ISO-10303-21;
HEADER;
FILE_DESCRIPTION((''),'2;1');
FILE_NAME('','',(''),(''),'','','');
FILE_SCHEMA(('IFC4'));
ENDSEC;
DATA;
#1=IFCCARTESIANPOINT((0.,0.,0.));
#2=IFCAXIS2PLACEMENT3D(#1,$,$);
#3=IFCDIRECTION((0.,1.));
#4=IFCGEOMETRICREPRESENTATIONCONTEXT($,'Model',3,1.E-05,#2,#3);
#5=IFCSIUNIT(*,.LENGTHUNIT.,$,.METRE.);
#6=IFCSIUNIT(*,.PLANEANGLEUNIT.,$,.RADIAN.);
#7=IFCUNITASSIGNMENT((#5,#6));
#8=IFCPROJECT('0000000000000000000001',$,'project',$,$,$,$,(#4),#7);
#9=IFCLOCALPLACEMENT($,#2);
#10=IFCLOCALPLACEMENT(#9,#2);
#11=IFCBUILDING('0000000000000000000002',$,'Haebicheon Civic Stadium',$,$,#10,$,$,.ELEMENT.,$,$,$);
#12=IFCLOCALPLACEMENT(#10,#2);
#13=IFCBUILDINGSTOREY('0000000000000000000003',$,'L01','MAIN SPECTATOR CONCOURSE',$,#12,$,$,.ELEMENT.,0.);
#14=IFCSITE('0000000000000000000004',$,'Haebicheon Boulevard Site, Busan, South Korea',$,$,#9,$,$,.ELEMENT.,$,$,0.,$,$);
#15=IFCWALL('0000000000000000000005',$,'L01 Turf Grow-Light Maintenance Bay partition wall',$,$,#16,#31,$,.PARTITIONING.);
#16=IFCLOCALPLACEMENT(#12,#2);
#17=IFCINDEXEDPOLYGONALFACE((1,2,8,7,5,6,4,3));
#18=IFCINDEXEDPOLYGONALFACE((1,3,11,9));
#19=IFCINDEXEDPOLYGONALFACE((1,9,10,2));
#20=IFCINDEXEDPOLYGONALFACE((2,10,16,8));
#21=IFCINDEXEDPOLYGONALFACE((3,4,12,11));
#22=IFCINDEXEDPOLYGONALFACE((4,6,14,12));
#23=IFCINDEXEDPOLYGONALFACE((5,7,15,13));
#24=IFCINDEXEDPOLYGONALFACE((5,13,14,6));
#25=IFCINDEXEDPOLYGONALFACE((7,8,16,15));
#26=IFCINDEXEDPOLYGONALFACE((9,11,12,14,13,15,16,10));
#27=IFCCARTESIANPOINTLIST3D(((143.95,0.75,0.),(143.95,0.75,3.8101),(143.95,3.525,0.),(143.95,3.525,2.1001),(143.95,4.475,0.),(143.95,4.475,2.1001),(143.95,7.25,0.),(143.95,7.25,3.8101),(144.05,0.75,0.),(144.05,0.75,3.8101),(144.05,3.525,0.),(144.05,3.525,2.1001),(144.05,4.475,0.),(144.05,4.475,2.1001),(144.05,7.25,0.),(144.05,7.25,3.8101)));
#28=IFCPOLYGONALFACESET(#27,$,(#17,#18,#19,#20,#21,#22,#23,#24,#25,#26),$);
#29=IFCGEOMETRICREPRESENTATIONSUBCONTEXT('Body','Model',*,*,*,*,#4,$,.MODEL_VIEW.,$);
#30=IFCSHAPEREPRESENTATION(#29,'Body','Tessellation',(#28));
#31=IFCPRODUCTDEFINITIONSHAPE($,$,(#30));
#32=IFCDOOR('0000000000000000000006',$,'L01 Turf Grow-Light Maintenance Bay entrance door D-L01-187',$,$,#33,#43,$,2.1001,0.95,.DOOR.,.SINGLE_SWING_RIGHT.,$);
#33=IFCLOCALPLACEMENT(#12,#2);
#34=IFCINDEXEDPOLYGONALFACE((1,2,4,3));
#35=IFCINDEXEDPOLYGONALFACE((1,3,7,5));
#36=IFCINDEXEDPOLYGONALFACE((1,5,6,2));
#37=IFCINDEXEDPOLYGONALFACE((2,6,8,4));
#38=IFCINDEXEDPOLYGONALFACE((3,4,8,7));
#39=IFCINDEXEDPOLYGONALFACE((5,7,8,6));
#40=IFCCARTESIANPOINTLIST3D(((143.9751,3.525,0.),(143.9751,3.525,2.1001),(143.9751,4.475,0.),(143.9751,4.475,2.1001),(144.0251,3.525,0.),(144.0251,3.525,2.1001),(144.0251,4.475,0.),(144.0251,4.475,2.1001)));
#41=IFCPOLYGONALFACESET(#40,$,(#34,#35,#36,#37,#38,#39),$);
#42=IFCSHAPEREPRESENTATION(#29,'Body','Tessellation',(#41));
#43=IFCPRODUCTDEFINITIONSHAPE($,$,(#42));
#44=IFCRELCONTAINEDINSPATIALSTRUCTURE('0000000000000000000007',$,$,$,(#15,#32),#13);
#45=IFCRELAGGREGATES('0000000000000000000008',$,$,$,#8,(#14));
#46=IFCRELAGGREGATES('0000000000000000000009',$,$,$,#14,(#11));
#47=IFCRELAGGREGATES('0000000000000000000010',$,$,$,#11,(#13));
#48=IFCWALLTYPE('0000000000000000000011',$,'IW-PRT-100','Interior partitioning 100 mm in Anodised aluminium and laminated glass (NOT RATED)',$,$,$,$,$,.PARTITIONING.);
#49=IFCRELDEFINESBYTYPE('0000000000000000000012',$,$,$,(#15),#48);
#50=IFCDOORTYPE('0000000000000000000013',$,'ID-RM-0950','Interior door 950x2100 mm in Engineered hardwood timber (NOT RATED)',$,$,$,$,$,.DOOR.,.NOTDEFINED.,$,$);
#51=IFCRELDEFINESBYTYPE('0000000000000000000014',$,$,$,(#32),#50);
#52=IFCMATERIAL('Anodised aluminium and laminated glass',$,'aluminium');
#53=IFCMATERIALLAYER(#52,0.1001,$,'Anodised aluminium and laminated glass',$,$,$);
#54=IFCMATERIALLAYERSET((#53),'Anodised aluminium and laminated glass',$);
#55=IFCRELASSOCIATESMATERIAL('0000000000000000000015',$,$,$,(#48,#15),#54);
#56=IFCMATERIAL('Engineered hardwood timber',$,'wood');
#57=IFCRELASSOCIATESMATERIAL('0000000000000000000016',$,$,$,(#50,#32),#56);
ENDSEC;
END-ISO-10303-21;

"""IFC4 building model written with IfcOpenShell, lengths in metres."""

from ifc_helpers import new_model, si_unit, direction, frame, frame_2d, origin, place, context, subcontext, project, spatial, rectangle, extrude, material, layer, layer_set, type_object, element, fill, save


model = new_model("IFC4")

# Units and contexts
model_context = context("Model", 3, precision=1e-05, world=origin(), true_north=direction((0.0, 1.0)))
body_context = subcontext(model_context, "Body", "Model", "MODEL_VIEW")
ifc_project = project(units=[si_unit("LENGTHUNIT", "METRE"), si_unit("PLANEANGLEUNIT", "RADIAN")], contexts=[model_context])

# Site, building, storey
site_placement = place(None, origin())
site = spatial("IfcSite", under=ifc_project, at=site_placement, Name="Haebicheon Boulevard Site, Busan, South Korea", CompositionType="ELEMENT", RefElevation=0.0)
building_placement = place(site_placement, origin())
building = spatial("IfcBuilding", under=site, at=building_placement, Name="Haebicheon Civic Stadium", CompositionType="ELEMENT")
storey_placement = place(building_placement, origin())
storey = spatial("IfcBuildingStorey", under=building, at=storey_placement, Name="L01", Description="MAIN SPECTATOR CONCOURSE", CompositionType="ELEMENT", Elevation=0.0)

# Wall, opening, door
ifc_material_1 = material(Name="Anodised aluminium and laminated glass", Category="aluminium")
ifc_layer_1 = layer(ifc_material_1, 0.1001, Name="Anodised aluminium and laminated glass")
ifc_layer_set_1 = layer_set([ifc_layer_1], Name="Anodised aluminium and laminated glass")
wall_type_1 = type_object("IfcWallType", Name="IW-PRT-100", Description="Interior partitioning 100 mm in Anodised aluminium and laminated glass (NOT RATED)", PredefinedType="PARTITIONING", material=ifc_layer_set_1)
wall_1_placement = place(storey_placement, frame((144.0, 0.75, 0.0), z_axis=(0.0, 0.0, 1.0), x_axis=(0.0, 1.0, 0.0)))
wall_1 = element("IfcWall", 1, at=wall_1_placement, inside=storey, type_object=wall_type_1, material=ifc_layer_set_1, Name="L01 Turf Grow-Light Maintenance Bay partition wall", PredefinedType="PARTITIONING", context=body_context, shape_type="SweptSolid", body=[
    extrude(rectangle(XDim=6.5, YDim=0.1001, at=frame_2d((3.25, 0.0))), origin(), (0.0, 0.0, 1.0), 3.8101),
])
opening_1_placement = place(wall_1_placement, frame((2.7749, 0.0, 0.0)))
opening_1 = element("IfcOpeningElement", 2, at=opening_1_placement, cuts=wall_1, PredefinedType="OPENING", context=body_context, shape_type="SweptSolid", body=[
    extrude(rectangle(XDim=0.95, YDim=2.1001, at=frame_2d((0.4751, 1.05))), frame((0.0, 0.0601, 0.0), z_axis=(0.0, -1.0, 0.0), x_axis=(1.0, 0.0, 0.0)), (0.0, 0.0, 1.0), 0.1201),
])
ifc_material_2 = material(Name="Engineered hardwood timber", Category="wood")
door_type_1 = type_object("IfcDoorType", Name="ID-RM-0950", Description="Interior door 950x2100 mm in Engineered hardwood timber (NOT RATED)", OperationType="NOTDEFINED", PredefinedType="DOOR", material=ifc_material_2)
door_1_placement = place(opening_1_placement, origin())
door_1 = element("IfcDoor", 3, at=door_1_placement, inside=storey, type_object=door_type_1, material=ifc_material_2, Name="L01 Turf Grow-Light Maintenance Bay entrance door D-L01-187", OperationType="SINGLE_SWING_RIGHT", OverallHeight=2.1001, OverallWidth=0.95, PredefinedType="DOOR", context=body_context, shape_type="SweptSolid", body=[
    extrude(rectangle(XDim=0.95, YDim=2.1001, at=frame_2d((0.4751, 1.05))), frame((0.0, 0.0249, 0.0), z_axis=(0.0, -1.0, 0.0), x_axis=(1.0, 0.0, 0.0)), (0.0, 0.0, 1.0), 0.05),
])
fill(opening_1, door_1)

save(model, "model.ifc")
